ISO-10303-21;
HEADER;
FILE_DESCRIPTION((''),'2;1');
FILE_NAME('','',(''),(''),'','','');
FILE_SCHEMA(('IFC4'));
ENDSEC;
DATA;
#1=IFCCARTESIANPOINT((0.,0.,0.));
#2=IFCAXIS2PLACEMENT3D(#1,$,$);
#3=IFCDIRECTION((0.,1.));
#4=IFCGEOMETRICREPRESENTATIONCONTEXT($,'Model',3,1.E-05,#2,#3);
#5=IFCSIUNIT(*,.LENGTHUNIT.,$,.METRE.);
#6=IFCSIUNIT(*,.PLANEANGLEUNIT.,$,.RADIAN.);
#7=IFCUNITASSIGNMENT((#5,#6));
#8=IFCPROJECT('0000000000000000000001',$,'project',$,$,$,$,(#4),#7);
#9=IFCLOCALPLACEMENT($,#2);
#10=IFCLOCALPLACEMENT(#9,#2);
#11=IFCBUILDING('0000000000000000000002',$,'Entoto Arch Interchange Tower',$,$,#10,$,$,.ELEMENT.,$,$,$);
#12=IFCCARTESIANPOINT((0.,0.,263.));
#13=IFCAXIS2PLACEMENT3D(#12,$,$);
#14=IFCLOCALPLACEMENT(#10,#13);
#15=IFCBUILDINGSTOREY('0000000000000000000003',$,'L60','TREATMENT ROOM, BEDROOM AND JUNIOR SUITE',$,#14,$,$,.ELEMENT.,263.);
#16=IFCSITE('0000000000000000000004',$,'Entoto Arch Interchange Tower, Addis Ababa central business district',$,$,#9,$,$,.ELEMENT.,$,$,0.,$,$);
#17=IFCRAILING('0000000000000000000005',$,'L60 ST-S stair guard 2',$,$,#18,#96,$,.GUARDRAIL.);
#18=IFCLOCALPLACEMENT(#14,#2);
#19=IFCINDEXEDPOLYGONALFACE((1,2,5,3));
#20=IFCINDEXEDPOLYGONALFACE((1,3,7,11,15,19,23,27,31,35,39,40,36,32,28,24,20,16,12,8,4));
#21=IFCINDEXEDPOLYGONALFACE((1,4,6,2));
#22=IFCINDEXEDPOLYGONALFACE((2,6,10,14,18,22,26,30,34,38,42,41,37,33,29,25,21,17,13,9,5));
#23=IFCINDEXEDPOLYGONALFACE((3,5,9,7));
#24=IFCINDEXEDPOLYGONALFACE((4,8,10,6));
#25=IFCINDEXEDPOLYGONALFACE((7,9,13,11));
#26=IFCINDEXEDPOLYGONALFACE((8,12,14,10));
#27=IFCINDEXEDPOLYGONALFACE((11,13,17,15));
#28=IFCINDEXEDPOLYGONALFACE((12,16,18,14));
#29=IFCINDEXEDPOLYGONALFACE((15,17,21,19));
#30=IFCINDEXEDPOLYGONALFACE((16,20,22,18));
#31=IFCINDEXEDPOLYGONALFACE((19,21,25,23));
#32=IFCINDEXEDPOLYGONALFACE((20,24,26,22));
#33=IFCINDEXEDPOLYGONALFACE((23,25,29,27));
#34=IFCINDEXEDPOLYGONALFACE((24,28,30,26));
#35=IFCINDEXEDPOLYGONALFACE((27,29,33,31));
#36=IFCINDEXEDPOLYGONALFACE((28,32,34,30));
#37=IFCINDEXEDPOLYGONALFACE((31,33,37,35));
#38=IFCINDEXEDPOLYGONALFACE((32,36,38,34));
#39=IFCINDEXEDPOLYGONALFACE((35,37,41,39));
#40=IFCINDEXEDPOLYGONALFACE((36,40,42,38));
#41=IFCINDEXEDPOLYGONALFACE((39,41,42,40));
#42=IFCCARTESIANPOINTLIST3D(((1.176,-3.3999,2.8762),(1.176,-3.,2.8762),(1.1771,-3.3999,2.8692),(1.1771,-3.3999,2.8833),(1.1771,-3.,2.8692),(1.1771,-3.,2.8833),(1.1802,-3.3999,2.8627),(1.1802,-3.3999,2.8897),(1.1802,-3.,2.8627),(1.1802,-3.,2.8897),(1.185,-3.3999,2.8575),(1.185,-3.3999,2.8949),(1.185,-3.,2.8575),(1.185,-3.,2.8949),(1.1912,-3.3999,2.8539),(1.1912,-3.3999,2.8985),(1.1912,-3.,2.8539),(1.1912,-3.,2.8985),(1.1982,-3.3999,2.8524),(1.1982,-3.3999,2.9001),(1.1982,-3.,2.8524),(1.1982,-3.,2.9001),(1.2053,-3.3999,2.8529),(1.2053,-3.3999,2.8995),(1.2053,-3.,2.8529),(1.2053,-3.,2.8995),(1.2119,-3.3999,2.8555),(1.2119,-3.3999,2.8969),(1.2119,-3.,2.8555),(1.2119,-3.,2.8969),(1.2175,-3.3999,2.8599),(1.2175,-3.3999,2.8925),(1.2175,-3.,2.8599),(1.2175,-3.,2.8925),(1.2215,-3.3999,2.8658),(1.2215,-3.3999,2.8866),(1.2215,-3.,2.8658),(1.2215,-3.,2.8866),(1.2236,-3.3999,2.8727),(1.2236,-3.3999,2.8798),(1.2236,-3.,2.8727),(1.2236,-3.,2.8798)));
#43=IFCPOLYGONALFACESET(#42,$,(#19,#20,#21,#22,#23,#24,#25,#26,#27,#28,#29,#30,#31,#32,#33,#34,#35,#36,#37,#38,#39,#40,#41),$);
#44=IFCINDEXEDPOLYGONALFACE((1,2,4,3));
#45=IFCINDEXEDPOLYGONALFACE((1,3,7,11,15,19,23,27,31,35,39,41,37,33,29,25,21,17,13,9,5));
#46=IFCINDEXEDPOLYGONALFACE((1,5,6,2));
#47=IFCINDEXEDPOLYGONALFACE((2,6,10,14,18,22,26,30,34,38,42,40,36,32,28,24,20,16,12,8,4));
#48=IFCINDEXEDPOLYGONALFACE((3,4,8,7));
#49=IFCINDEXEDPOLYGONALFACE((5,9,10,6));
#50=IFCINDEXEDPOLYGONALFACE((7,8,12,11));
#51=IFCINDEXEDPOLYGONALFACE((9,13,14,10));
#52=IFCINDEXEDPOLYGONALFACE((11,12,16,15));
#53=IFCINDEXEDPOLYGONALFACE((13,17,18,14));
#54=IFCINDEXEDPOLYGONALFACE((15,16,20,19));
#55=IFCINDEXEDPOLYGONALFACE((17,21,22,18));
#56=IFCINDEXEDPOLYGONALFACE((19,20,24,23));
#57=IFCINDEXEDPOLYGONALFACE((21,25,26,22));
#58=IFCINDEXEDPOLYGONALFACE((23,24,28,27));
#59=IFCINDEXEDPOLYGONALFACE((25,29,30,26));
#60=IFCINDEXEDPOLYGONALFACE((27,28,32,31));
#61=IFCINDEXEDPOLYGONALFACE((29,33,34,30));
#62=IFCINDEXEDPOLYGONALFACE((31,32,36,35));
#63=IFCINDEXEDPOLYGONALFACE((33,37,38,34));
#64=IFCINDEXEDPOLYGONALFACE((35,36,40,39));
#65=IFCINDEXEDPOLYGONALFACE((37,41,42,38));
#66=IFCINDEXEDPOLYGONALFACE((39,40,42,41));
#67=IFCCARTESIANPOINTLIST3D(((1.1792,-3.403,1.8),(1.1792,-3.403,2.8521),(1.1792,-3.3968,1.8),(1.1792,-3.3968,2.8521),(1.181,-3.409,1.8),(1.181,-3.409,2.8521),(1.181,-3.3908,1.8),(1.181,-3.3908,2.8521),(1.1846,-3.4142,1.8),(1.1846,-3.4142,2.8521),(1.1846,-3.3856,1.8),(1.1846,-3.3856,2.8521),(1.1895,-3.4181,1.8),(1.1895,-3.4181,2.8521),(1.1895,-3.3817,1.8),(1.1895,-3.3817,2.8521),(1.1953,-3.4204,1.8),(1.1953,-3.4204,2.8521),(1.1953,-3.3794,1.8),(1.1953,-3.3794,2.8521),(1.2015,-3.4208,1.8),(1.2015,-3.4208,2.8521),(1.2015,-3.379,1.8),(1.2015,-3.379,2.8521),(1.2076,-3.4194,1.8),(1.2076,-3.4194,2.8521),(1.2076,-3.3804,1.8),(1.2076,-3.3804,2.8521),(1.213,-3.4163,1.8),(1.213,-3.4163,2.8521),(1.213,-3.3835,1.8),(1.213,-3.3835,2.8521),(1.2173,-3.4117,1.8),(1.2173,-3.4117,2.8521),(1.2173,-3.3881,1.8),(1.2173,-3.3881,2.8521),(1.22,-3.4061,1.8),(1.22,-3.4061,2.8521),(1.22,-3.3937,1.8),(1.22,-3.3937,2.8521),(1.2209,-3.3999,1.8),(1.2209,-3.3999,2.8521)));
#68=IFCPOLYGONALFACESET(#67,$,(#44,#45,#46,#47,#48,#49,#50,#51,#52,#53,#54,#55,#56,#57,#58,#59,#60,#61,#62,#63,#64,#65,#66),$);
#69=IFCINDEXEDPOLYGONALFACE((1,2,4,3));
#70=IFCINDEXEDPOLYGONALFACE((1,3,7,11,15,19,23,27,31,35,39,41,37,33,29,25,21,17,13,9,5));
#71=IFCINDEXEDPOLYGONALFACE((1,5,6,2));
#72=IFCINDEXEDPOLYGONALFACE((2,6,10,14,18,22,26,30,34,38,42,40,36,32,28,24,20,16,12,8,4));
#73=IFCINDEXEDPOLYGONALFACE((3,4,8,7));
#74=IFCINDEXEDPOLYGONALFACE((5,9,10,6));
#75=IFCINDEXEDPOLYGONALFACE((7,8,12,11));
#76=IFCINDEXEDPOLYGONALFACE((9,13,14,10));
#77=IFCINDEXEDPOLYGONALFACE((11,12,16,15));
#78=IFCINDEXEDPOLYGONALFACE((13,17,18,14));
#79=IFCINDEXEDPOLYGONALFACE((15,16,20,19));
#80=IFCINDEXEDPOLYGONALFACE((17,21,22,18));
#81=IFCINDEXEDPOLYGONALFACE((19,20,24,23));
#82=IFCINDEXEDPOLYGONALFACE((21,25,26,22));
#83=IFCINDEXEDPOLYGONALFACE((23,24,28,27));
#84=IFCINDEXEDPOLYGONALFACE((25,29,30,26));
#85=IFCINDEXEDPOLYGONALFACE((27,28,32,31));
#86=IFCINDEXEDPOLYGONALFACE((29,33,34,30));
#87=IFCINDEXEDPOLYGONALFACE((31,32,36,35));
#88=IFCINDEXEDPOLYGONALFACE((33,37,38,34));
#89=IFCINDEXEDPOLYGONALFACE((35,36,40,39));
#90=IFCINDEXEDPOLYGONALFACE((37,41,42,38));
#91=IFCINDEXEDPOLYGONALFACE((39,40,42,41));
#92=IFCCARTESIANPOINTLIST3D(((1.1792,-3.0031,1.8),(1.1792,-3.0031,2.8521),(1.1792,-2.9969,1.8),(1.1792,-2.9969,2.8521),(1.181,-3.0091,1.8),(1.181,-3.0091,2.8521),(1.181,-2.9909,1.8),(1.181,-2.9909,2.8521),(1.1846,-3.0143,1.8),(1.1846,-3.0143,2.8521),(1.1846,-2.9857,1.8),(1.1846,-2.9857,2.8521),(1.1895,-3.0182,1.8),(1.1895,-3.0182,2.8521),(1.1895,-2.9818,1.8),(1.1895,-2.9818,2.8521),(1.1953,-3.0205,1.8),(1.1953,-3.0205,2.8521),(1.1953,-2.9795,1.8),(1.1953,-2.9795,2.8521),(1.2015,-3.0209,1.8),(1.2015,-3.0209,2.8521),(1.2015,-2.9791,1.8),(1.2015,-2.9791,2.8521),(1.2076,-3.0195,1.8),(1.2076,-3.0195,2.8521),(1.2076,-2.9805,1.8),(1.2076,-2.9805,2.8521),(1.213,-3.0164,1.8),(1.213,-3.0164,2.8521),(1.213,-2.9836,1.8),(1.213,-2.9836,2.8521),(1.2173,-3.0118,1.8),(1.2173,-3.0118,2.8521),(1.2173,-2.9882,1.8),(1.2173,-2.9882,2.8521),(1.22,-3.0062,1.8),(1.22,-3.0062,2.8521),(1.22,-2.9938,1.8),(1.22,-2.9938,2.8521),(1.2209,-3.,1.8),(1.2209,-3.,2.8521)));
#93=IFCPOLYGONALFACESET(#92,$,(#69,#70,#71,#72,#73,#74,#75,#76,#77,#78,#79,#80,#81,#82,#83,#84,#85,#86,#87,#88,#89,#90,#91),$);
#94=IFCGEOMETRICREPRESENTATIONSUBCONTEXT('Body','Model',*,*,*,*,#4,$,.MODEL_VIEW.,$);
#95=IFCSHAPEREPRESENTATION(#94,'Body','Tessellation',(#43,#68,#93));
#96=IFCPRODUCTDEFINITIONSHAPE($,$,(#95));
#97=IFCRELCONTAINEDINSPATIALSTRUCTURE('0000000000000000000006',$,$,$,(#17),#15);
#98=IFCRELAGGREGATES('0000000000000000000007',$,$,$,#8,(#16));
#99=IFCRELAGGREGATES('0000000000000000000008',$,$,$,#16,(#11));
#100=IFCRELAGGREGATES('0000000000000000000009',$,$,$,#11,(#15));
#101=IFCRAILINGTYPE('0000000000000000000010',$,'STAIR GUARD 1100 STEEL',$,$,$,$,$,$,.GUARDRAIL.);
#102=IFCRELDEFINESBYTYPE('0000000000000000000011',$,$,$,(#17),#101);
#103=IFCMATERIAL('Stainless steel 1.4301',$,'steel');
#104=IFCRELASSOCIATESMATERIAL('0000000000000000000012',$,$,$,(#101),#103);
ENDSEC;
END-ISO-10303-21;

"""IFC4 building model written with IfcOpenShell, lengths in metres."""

from ifc_helpers import new_model, si_unit, direction, frame, origin, origin_2d, place, context, subcontext, project, spatial, circle, extrude, material, type_object, element, save


model = new_model("IFC4")

# Units and contexts
model_context = context("Model", 3, precision=1e-05, world=origin(), true_north=direction((0.0, 1.0)))
body_context = subcontext(model_context, "Body", "Model", "MODEL_VIEW")
ifc_project = project(units=[si_unit("LENGTHUNIT", "METRE"), si_unit("PLANEANGLEUNIT", "RADIAN")], contexts=[model_context])

# Site, building, storey
site_placement = place(None, origin())
site = spatial("IfcSite", under=ifc_project, at=site_placement, Name="Entoto Arch Interchange Tower, Addis Ababa central business district", CompositionType="ELEMENT", RefElevation=0.0)
building_placement = place(site_placement, origin())
building = spatial("IfcBuilding", under=site, at=building_placement, Name="Entoto Arch Interchange Tower", CompositionType="ELEMENT")
storey_placement = place(building_placement, frame((0.0, 0.0, 263.0)))
storey = spatial("IfcBuildingStorey", under=building, at=storey_placement, Name="L60", Description="TREATMENT ROOM, BEDROOM AND JUNIOR SUITE", CompositionType="ELEMENT", Elevation=263.0)

# Railing
ifc_material_1 = material(Name="Stainless steel 1.4301", Category="steel")
railing_type_1 = type_object("IfcRailingType", Name="STAIR GUARD 1100 STEEL", PredefinedType="GUARDRAIL", material=ifc_material_1)
railing_1_placement = place(storey_placement, frame((1.2, -3.3999, 1.8)))
element("IfcRailing", 1, at=railing_1_placement, inside=storey, type_object=railing_type_1, Name="L60 ST-S stair guard 2", PredefinedType="GUARDRAIL", context=body_context, shape_type="SweptSolid", body=[
    extrude(circle(Radius=0.0239, at=origin_2d()), frame((0.0, 0.0, 1.0762), z_axis=(0.0, 1.0, 0.0), x_axis=(-1.0, 0.0, 0.0)), (0.0, 0.0, 1.0), 0.3999),
    extrude(circle(Radius=0.021, at=origin_2d()), origin(), (0.0, 0.0, 1.0), 1.052),
    extrude(circle(Radius=0.021, at=origin_2d()), frame((0.0, 0.3999, 0.0)), (0.0, 0.0, 1.0), 1.052),
])

save(model, "model.ifc")
